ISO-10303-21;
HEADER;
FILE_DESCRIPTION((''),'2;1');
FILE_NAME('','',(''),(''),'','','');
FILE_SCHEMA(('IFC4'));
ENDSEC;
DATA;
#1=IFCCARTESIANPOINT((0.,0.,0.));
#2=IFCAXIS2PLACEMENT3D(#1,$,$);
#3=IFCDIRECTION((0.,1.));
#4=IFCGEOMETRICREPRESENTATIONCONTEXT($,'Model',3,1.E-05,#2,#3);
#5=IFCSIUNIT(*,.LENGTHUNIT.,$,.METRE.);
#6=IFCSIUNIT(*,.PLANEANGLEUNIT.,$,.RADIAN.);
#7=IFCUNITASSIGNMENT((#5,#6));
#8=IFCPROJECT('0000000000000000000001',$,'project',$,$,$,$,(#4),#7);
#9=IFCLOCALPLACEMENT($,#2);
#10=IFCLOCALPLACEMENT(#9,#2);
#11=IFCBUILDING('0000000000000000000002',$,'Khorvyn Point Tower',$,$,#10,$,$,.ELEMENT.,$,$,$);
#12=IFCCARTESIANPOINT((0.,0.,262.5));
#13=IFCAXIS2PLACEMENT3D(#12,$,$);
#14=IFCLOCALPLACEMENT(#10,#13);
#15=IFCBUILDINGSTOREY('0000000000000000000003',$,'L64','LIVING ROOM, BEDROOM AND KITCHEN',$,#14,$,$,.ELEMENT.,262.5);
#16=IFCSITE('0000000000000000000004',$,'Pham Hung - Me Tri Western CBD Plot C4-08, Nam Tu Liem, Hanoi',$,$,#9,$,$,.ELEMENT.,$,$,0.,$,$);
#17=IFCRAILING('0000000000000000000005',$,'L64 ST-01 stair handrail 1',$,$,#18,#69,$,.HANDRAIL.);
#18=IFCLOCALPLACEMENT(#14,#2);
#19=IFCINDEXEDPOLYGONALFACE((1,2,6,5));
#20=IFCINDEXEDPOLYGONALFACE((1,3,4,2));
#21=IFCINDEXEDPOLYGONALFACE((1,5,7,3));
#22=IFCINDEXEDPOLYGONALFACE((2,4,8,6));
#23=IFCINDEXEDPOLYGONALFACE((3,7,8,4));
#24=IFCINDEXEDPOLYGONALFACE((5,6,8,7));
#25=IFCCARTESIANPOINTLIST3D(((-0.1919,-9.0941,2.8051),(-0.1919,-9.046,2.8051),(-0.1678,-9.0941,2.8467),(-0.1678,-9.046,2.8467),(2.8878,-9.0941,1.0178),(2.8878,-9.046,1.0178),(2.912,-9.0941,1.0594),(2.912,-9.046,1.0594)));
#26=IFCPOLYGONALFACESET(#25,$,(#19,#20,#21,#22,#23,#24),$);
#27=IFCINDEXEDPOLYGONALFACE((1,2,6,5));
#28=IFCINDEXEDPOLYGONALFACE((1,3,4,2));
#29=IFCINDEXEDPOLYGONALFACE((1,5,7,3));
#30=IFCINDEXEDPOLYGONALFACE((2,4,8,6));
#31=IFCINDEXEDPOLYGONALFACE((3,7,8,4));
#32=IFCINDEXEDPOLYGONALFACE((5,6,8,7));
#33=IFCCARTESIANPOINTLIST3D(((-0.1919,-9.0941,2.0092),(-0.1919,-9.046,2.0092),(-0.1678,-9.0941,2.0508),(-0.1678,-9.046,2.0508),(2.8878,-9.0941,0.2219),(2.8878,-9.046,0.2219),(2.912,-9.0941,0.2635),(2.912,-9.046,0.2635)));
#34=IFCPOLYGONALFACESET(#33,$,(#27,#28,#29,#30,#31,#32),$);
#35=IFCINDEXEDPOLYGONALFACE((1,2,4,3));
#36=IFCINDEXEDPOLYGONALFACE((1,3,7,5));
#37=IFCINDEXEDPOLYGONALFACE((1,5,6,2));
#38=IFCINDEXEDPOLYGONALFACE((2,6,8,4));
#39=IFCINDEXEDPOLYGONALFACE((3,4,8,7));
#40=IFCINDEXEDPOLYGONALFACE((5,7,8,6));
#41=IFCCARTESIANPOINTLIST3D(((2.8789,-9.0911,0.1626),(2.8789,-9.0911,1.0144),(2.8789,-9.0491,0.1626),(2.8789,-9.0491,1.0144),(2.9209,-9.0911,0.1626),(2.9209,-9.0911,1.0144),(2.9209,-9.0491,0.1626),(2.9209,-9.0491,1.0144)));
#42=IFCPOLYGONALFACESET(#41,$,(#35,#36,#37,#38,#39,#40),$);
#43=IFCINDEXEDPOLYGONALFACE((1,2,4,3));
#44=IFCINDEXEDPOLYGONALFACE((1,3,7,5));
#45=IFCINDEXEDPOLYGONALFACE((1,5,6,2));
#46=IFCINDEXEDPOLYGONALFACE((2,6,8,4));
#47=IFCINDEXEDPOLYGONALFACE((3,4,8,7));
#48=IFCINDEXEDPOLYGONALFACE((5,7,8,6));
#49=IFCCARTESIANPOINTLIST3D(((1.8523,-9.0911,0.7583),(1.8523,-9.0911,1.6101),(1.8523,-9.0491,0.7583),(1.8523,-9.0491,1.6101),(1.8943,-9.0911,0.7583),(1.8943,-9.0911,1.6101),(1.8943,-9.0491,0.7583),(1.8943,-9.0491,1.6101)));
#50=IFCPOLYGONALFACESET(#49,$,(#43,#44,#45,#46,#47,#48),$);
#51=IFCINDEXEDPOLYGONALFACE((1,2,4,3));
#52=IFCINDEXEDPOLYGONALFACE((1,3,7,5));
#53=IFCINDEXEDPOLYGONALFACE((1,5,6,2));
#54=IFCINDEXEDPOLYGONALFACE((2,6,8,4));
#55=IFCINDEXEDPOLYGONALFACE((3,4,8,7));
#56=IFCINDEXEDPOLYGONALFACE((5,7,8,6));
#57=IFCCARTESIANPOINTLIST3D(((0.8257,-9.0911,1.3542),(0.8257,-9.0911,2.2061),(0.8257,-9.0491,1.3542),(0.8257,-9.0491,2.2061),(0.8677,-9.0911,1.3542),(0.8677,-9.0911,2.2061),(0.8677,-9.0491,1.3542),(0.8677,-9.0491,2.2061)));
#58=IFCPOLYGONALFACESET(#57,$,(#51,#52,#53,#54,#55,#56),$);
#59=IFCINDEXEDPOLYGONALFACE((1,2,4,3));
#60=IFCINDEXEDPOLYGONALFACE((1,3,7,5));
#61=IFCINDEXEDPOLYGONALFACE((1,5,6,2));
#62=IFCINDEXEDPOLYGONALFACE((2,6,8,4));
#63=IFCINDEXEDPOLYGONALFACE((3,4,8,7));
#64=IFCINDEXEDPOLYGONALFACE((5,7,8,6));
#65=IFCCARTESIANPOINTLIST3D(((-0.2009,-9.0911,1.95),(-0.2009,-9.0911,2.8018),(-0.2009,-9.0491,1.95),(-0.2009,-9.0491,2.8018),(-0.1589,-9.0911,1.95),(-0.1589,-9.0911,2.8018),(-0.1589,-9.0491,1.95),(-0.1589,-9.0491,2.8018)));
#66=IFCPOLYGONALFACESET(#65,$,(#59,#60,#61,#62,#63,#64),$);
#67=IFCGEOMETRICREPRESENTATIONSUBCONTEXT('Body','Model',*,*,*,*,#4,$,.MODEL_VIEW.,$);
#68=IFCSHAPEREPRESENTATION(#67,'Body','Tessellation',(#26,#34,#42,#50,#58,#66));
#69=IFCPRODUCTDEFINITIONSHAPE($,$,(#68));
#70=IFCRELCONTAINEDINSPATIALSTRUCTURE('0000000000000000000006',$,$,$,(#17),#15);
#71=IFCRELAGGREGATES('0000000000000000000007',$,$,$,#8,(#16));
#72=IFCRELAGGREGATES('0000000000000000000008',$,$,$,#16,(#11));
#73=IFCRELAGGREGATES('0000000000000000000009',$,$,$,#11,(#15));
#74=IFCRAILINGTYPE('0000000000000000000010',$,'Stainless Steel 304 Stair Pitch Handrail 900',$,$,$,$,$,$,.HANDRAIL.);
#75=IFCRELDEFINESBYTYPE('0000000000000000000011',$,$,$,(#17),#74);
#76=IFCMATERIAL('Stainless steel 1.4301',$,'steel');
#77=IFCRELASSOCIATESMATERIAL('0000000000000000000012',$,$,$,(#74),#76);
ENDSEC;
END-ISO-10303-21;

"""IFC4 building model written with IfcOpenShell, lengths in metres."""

from ifc_helpers import new_model, si_unit, direction, frame, origin, origin_2d, place, context, subcontext, project, spatial, rectangle, extrude, material, type_object, element, save


model = new_model("IFC4")

# Units and contexts
model_context = context("Model", 3, precision=1e-05, world=origin(), true_north=direction((0.0, 1.0)))
body_context = subcontext(model_context, "Body", "Model", "MODEL_VIEW")
ifc_project = project(units=[si_unit("LENGTHUNIT", "METRE"), si_unit("PLANEANGLEUNIT", "RADIAN")], contexts=[model_context])

# Site, building, storey
site_placement = place(None, origin())
site = spatial("IfcSite", under=ifc_project, at=site_placement, Name="Pham Hung - Me Tri Western CBD Plot C4-08, Nam Tu Liem, Hanoi", CompositionType="ELEMENT", RefElevation=0.0)
building_placement = place(site_placement, origin())
building = spatial("IfcBuilding", under=site, at=building_placement, Name="Khorvyn Point Tower", CompositionType="ELEMENT")
storey_placement = place(building_placement, frame((0.0, 0.0, 262.5)))
storey = spatial("IfcBuildingStorey", under=building, at=storey_placement, Name="L64", Description="LIVING ROOM, BEDROOM AND KITCHEN", CompositionType="ELEMENT", Elevation=262.5)

# Shared definitions
ifc_material_1 = material(Name="Stainless steel 1.4301", Category="steel")

# Railing
railing_type_1 = type_object("IfcRailingType", Name="Stainless Steel 304 Stair Pitch Handrail 900", PredefinedType="HANDRAIL", material=ifc_material_1)
railing_1_placement = place(storey_placement, frame((2.8999, -9.0701, 0.1626)))
element("IfcRailing", 1, at=railing_1_placement, inside=storey, type_object=railing_type_1, Name="L64 ST-01 stair handrail 1", PredefinedType="HANDRAIL", context=body_context, shape_type="SweptSolid", body=[
    extrude(rectangle(XDim=0.0481, YDim=0.0481, at=origin_2d()), frame((0.0, 0.0, 0.876), z_axis=(-0.864903, 0.0, 0.501939), x_axis=(0.0, -1.0, 0.0)), (0.0, 0.0, 1.0), 3.5608),
    extrude(rectangle(XDim=0.0481, YDim=0.0481, at=origin_2d()), frame((0.0, 0.0, 0.0801), z_axis=(-0.864903, 0.0, 0.501939), x_axis=(0.0, -1.0, 0.0)), (0.0, 0.0, 1.0), 3.5608),
    extrude(rectangle(XDim=0.042, YDim=0.042, at=origin_2d()), origin(), (0.0, 0.0, 1.0), 0.8518),
    extrude(rectangle(XDim=0.042, YDim=0.042, at=origin_2d()), frame((-1.0266, 0.0, 0.5957)), (0.0, 0.0, 1.0), 0.8518),
    extrude(rectangle(XDim=0.042, YDim=0.042, at=origin_2d()), frame((-2.0532, 0.0, 1.1917)), (0.0, 0.0, 1.0), 0.8518),
    extrude(rectangle(XDim=0.042, YDim=0.042, at=origin_2d()), frame((-3.0798, 0.0, 1.7874)), (0.0, 0.0, 1.0), 0.8518),
])

save(model, "model.ifc")
